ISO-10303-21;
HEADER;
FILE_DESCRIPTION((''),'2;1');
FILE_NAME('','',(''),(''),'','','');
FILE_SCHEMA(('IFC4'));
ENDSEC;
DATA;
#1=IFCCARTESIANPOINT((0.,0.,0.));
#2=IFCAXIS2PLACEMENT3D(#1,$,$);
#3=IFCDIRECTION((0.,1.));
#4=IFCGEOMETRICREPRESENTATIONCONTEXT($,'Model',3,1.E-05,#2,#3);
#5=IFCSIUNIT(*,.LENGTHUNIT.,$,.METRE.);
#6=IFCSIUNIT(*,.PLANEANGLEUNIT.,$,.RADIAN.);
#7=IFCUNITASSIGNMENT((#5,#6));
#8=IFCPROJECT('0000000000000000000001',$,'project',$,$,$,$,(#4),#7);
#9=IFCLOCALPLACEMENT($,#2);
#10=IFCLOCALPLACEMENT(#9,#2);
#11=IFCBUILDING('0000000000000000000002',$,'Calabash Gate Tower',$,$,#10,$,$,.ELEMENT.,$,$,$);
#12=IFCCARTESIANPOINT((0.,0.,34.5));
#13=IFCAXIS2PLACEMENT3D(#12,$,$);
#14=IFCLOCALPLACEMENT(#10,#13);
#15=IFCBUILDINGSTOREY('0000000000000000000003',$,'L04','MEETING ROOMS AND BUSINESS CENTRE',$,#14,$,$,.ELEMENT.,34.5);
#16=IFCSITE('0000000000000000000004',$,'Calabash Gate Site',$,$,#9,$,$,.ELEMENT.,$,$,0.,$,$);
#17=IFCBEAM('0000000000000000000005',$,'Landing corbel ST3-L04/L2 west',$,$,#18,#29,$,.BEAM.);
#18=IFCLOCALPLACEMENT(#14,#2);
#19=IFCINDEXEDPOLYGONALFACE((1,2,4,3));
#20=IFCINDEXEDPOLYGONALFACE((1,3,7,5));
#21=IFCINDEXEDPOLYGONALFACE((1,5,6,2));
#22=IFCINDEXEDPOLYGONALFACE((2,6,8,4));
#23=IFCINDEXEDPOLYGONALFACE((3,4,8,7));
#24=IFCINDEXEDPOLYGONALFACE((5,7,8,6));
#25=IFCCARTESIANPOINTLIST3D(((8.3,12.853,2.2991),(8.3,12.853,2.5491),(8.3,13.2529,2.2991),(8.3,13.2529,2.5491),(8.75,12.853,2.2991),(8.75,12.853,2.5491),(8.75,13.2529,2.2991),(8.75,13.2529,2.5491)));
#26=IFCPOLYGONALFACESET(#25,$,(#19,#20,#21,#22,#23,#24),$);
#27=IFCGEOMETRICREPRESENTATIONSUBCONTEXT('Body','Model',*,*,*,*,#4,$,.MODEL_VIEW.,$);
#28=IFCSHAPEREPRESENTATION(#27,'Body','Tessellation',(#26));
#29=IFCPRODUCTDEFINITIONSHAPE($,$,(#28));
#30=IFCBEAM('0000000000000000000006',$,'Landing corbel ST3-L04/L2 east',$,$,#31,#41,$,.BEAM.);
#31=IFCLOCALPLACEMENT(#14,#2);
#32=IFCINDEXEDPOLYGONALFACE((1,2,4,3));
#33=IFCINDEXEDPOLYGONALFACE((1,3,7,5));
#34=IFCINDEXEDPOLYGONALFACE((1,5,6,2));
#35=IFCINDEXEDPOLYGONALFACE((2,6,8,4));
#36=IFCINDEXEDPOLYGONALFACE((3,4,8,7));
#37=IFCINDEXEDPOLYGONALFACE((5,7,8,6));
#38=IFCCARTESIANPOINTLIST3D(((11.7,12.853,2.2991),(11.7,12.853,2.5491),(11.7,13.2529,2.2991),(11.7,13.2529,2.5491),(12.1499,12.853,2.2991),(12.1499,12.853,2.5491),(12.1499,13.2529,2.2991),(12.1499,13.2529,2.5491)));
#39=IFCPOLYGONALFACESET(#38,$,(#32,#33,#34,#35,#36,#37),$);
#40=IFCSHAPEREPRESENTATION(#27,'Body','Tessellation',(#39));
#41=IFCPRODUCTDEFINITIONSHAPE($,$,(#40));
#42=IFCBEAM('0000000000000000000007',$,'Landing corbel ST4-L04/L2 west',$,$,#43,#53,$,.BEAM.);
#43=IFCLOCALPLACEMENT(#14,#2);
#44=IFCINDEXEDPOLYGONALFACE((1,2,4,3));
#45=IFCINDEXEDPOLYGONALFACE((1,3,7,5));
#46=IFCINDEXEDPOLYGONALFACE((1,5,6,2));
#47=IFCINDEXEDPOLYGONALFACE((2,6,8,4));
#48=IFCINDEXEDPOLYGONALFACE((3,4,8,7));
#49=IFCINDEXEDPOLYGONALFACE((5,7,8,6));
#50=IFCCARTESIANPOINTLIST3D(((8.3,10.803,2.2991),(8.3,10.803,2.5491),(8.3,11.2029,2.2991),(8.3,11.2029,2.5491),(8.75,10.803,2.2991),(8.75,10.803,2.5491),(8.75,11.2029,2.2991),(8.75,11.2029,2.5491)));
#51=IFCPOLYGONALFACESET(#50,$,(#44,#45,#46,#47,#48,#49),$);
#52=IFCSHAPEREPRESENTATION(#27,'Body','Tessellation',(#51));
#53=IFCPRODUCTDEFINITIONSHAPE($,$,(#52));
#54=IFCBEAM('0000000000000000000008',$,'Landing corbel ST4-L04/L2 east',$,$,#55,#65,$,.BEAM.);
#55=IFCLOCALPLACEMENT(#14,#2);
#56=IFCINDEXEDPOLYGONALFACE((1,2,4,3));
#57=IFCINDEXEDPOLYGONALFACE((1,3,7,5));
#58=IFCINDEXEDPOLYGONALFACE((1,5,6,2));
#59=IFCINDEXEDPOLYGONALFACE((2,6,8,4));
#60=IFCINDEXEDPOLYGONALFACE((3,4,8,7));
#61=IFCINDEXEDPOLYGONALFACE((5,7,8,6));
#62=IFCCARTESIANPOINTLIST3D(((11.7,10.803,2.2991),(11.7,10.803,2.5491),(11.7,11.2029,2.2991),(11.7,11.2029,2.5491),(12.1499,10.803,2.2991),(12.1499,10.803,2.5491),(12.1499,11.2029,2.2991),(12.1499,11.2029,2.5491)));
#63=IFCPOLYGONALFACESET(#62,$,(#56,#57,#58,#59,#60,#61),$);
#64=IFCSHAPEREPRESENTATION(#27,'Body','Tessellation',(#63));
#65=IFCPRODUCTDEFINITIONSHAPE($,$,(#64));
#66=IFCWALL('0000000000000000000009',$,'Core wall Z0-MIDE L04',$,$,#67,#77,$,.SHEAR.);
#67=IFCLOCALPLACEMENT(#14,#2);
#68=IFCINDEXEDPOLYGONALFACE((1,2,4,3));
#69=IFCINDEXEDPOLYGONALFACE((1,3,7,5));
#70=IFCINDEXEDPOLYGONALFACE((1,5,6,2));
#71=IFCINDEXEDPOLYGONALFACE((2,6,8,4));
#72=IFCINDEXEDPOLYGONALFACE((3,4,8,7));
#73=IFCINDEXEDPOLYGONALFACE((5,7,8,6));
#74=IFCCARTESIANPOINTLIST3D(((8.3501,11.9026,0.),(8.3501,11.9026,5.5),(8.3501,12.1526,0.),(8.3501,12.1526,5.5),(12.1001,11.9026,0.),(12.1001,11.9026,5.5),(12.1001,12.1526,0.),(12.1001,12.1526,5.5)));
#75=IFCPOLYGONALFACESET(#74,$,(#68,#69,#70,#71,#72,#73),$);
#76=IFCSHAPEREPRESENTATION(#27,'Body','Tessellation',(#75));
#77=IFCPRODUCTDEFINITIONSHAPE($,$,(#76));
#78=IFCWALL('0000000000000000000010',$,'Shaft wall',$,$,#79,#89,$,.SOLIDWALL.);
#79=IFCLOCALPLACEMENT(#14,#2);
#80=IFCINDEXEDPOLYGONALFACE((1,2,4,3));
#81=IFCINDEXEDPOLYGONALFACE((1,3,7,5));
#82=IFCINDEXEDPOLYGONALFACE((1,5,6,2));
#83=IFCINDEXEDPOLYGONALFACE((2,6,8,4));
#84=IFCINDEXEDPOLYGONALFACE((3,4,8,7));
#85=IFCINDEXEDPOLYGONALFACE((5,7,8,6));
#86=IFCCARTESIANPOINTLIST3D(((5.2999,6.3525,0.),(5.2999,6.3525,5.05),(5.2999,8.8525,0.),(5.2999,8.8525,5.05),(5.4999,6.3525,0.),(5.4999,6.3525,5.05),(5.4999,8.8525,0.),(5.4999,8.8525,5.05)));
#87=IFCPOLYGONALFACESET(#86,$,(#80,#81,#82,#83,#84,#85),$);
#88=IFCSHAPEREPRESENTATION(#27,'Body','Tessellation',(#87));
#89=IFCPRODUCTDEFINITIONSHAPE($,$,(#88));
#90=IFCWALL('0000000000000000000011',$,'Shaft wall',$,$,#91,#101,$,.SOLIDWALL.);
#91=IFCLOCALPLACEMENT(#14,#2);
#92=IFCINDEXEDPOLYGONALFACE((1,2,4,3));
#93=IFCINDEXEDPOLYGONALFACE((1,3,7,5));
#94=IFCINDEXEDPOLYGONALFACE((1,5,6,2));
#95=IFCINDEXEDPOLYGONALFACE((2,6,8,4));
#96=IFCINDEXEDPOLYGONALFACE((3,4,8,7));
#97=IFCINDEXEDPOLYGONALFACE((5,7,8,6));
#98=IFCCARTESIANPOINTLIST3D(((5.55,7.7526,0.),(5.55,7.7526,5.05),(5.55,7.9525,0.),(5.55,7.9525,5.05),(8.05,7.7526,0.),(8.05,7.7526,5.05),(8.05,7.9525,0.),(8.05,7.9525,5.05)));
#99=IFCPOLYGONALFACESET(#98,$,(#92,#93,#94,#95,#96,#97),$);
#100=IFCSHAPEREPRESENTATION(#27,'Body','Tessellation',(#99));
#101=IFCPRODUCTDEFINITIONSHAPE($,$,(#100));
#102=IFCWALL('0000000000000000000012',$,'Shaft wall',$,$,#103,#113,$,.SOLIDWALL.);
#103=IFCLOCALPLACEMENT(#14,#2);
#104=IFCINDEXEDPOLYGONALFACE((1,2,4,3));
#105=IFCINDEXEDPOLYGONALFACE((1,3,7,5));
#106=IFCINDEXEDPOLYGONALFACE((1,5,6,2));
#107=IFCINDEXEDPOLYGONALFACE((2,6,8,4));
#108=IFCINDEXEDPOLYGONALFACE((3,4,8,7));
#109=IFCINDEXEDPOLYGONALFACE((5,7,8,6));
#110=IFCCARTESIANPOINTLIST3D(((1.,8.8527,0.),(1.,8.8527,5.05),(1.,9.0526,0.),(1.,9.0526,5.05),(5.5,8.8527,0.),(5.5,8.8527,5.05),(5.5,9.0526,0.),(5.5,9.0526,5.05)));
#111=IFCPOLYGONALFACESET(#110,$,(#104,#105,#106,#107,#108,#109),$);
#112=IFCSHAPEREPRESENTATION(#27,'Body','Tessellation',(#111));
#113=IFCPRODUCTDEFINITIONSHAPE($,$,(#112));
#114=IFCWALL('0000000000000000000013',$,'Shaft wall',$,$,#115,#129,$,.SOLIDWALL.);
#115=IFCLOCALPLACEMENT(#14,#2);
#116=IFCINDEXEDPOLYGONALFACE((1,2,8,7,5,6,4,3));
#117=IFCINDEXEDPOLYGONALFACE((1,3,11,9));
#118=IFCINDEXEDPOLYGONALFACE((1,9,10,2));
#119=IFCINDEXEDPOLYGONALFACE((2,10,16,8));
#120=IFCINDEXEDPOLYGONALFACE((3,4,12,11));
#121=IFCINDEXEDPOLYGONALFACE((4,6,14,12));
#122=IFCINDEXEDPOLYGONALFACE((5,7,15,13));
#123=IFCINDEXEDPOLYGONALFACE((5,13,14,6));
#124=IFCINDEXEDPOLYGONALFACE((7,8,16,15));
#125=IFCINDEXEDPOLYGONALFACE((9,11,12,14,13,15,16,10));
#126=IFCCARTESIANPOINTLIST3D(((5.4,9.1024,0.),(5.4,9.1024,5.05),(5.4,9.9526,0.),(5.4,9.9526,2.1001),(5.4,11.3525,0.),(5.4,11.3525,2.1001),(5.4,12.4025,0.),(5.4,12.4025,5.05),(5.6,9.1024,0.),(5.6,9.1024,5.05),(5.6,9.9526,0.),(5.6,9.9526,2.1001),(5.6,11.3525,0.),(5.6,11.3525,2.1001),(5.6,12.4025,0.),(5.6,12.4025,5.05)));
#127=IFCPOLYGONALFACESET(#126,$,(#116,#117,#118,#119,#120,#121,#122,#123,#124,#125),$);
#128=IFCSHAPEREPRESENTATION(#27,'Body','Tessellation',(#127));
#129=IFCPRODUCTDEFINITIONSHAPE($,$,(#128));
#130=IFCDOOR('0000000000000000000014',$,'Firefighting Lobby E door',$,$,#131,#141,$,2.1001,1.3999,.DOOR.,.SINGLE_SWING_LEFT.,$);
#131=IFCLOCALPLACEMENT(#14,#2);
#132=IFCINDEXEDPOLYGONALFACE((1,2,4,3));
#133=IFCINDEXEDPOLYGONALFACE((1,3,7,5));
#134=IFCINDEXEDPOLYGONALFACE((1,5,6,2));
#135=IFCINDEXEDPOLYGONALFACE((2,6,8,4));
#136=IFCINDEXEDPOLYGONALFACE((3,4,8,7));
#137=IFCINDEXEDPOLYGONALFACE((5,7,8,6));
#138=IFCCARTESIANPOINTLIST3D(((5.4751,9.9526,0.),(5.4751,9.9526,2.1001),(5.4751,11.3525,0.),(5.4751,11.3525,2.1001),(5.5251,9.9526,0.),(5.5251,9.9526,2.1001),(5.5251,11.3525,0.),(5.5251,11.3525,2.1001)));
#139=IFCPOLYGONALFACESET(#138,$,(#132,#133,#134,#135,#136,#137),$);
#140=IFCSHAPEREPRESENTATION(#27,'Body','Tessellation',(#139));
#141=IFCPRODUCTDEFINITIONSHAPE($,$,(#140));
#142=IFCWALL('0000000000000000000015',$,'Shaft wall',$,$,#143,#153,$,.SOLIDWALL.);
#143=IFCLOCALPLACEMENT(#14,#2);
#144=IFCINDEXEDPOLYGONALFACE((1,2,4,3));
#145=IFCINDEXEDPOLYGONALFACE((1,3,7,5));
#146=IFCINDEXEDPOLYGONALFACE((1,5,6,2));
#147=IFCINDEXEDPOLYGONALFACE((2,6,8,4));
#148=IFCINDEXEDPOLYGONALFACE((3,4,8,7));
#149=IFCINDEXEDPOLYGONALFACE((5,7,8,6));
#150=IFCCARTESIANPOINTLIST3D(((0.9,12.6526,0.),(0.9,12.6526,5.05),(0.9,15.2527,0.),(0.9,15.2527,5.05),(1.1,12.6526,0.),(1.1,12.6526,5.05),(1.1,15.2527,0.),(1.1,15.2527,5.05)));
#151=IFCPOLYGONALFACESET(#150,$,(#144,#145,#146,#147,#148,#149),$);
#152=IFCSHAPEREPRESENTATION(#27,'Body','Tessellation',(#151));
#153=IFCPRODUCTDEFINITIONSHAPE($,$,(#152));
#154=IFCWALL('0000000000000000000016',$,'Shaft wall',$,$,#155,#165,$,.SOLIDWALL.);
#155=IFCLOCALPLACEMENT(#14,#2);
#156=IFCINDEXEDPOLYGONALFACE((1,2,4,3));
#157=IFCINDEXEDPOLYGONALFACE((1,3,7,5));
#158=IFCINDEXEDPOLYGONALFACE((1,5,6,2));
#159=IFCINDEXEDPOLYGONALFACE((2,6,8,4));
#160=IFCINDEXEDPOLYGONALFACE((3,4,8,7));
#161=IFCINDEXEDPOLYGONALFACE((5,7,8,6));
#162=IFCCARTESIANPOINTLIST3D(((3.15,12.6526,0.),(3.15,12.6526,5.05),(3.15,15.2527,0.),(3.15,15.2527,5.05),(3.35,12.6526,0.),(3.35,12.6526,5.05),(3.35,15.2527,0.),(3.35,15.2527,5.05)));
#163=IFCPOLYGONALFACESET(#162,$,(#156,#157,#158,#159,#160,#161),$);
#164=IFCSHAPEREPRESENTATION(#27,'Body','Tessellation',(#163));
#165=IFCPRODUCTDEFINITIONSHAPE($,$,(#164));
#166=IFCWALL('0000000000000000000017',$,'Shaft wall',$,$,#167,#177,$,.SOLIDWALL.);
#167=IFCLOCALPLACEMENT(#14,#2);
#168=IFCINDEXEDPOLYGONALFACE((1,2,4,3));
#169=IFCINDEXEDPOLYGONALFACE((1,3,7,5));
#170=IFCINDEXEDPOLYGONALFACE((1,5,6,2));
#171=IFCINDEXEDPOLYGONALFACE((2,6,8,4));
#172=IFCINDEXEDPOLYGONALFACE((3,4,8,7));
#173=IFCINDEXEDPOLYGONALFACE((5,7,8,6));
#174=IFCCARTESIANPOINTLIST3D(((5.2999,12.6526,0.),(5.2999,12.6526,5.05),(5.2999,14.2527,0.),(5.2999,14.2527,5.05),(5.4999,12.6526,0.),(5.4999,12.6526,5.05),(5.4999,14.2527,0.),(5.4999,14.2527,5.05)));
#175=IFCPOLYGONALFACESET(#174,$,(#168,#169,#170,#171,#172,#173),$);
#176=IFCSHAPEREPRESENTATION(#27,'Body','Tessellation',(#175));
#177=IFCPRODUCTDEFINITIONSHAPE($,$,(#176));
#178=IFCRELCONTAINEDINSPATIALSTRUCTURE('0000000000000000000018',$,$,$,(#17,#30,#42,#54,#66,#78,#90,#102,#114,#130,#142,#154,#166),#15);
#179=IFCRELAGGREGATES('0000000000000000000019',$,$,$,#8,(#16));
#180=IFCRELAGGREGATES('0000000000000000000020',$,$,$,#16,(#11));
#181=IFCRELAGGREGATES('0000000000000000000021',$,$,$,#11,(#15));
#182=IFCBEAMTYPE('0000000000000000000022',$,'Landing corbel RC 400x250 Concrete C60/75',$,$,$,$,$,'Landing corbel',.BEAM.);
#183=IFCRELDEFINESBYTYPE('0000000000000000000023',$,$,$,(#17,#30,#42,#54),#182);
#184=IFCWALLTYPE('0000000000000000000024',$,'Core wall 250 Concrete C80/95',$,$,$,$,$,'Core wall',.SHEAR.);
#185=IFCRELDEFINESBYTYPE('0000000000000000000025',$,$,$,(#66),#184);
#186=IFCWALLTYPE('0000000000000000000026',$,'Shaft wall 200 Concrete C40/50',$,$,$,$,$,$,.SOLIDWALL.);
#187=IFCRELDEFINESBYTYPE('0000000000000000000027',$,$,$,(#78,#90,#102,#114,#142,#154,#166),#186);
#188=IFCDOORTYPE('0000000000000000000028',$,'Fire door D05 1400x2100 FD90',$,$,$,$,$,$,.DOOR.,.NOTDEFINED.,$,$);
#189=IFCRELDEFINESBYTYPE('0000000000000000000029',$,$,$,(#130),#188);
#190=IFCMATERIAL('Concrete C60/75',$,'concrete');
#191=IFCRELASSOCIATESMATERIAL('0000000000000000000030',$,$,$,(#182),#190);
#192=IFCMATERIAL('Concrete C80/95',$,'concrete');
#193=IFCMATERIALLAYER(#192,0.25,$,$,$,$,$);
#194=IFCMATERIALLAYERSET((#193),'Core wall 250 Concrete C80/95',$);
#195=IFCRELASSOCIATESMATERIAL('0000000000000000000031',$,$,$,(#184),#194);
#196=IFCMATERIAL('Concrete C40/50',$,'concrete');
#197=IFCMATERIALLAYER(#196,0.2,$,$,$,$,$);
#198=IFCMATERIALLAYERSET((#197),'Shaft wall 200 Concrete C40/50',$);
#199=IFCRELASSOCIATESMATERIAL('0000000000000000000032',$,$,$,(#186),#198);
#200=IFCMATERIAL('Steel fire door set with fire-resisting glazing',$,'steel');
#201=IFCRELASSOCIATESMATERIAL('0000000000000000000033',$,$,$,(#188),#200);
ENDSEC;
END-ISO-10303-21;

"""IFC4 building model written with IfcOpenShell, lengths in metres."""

from ifc_helpers import new_model, si_unit, direction, frame, frame_2d, origin, origin_2d, place, context, subcontext, project, spatial, rectangle, extrude, material, layer, layer_set, material_profile, profile_set, type_object, element, fill, save


model = new_model("IFC4")

# Units and contexts
model_context = context("Model", 3, precision=1e-05, world=origin(), true_north=direction((0.0, 1.0)))
body_context = subcontext(model_context, "Body", "Model", "MODEL_VIEW")
ifc_project = project(units=[si_unit("LENGTHUNIT", "METRE"), si_unit("PLANEANGLEUNIT", "RADIAN")], contexts=[model_context])

# Site, building, storey
site_placement = place(None, origin())
site = spatial("IfcSite", under=ifc_project, at=site_placement, Name="Calabash Gate Site", CompositionType="ELEMENT", RefElevation=0.0)
building_placement = place(site_placement, origin())
building = spatial("IfcBuilding", under=site, at=building_placement, Name="Calabash Gate Tower", CompositionType="ELEMENT")
storey_placement = place(building_placement, frame((0.0, 0.0, 34.5)))
storey = spatial("IfcBuildingStorey", under=building, at=storey_placement, Name="L04", Description="MEETING ROOMS AND BUSINESS CENTRE", CompositionType="ELEMENT", Elevation=34.5)

# Beams
ifc_material_1 = material(Name="Concrete C60/75", Category="concrete")
ifc_material_profile = material_profile(ifc_material_1, rectangle(XDim=0.3999, YDim=0.25, at=origin_2d()))
ifc_profile_set = profile_set([ifc_material_profile], Name="Concrete C60/75")
beam_type = type_object("IfcBeamType", Name="Landing corbel RC 400x250 Concrete C60/75", ElementType="Landing corbel", PredefinedType="BEAM", material=ifc_profile_set)
for number, where, z_axis, x_axis, name in (
    (1, (8.3, 13.053, 2.4241), (1.0, 0.0, 0.0), (0.0, 1.0, 0.0), "Landing corbel ST3-L04/L2 west"),
    (2, (12.1499, 13.053, 2.4241), (-1.0, 0.0, 0.0), (0.0, -1.0, 0.0), "Landing corbel ST3-L04/L2 east"),
    (3, (8.3, 11.0029, 2.4241), (1.0, 0.0, 0.0), (0.0, 1.0, 0.0), "Landing corbel ST4-L04/L2 west"),
    (4, (12.1499, 11.0029, 2.4241), (-1.0, 0.0, 0.0), (0.0, -1.0, 0.0), "Landing corbel ST4-L04/L2 east"),
):
    element("IfcBeam", number, at=place(storey_placement, frame(where, z_axis=z_axis, x_axis=x_axis)), inside=storey, type_object=beam_type, Name=name, PredefinedType="BEAM", context=body_context, shape_type="SweptSolid", body=[
        extrude(rectangle(XDim=0.3999, YDim=0.25, at=origin_2d()), origin(), (0.0, 0.0, 1.0), 0.45),
    ])

# Walls
ifc_material_2 = material(Name="Concrete C80/95", Category="concrete")
ifc_layer_1 = layer(ifc_material_2, 0.25)
ifc_layer_set_1 = layer_set([ifc_layer_1], Name="Core wall 250 Concrete C80/95")
wall_type_1 = type_object("IfcWallType", Name="Core wall 250 Concrete C80/95", ElementType="Core wall", PredefinedType="SHEAR", material=ifc_layer_set_1)
wall_1_placement = place(storey_placement, frame((8.3501, 12.0276, 0.0), z_axis=(0.0, 0.0, 1.0), x_axis=(1.0, 0.0, 0.0)))
element("IfcWall", 5, at=wall_1_placement, inside=storey, type_object=wall_type_1, Name="Core wall Z0-MIDE L04", PredefinedType="SHEAR", context=body_context, shape_type="SweptSolid", body=[
    extrude(rectangle(XDim=3.75, YDim=0.25, at=frame_2d((1.875, 0.0))), origin(), (0.0, 0.0, 1.0), 5.5),
])
ifc_material_3 = material(Name="Concrete C40/50", Category="concrete")
ifc_layer_2 = layer(ifc_material_3, 0.2)
ifc_layer_set_2 = layer_set([ifc_layer_2], Name="Shaft wall 200 Concrete C40/50")
wall_type_2 = type_object("IfcWallType", Name="Shaft wall 200 Concrete C40/50", PredefinedType="SOLIDWALL", material=ifc_layer_set_2)
for number, where, z_axis, x_axis, name in (
    (6, (5.3999, 6.3525, 0.0), (0.0, 0.0, 1.0), (0.0, 1.0, 0.0), "Shaft wall"),
    (7, (5.55, 7.8525, 0.0), (0.0, 0.0, 1.0), (1.0, 0.0, 0.0), "Shaft wall"),
):
    element("IfcWall", number, at=place(storey_placement, frame(where, z_axis=z_axis, x_axis=x_axis)), inside=storey, type_object=wall_type_2, Name=name, PredefinedType="SOLIDWALL", context=body_context, shape_type="SweptSolid", body=[
        extrude(rectangle(XDim=2.5, YDim=0.2, at=frame_2d((1.25, 0.0))), origin(), (0.0, 0.0, 1.0), 5.05),
    ])
wall_2_placement = place(storey_placement, frame((1.0, 8.9526, 0.0), z_axis=(0.0, 0.0, 1.0), x_axis=(1.0, 0.0, 0.0)))
element("IfcWall", 8, at=wall_2_placement, inside=storey, type_object=wall_type_2, Name="Shaft wall", PredefinedType="SOLIDWALL", context=body_context, shape_type="SweptSolid", body=[
    extrude(rectangle(XDim=4.5, YDim=0.2, at=frame_2d((2.25, 0.0))), origin(), (0.0, 0.0, 1.0), 5.05),
])

# Wall, opening, door
wall_3_placement = place(storey_placement, frame((5.5, 9.1025, 0.0), z_axis=(0.0, 0.0, 1.0), x_axis=(0.0, 1.0, 0.0)))
wall_3 = element("IfcWall", 9, at=wall_3_placement, inside=storey, type_object=wall_type_2, Name="Shaft wall", PredefinedType="SOLIDWALL", context=body_context, shape_type="SweptSolid", body=[
    extrude(rectangle(XDim=3.3, YDim=0.2, at=frame_2d((1.6499, 0.0))), origin(), (0.0, 0.0, 1.0), 5.05),
])
opening_placement = place(wall_3_placement, frame((0.8501, 0.0, 0.0)))
opening = element("IfcOpeningElement", 10, at=opening_placement, cuts=wall_3, PredefinedType="OPENING", context=body_context, shape_type="SweptSolid", body=[
    extrude(rectangle(XDim=1.3999, YDim=2.1001, at=frame_2d((0.7, 1.05))), frame((0.0, 0.1099, 0.0), z_axis=(0.0, -1.0, 0.0), x_axis=(1.0, 0.0, 0.0)), (0.0, 0.0, 1.0), 0.22),
])
ifc_material_4 = material(Name="Steel fire door set with fire-resisting glazing", Category="steel")
door_type = type_object("IfcDoorType", Name="Fire door D05 1400x2100 FD90", OperationType="NOTDEFINED", PredefinedType="DOOR", material=ifc_material_4)
door_placement = place(opening_placement, origin())
door = element("IfcDoor", 11, at=door_placement, inside=storey, type_object=door_type, Name="Firefighting Lobby E door", OperationType="SINGLE_SWING_LEFT", OverallHeight=2.1001, OverallWidth=1.3999, PredefinedType="DOOR", context=body_context, shape_type="SweptSolid", body=[
    extrude(rectangle(XDim=1.3999, YDim=2.1001, at=frame_2d((0.7, 1.05))), frame((0.0, 0.0249, 0.0), z_axis=(0.0, -1.0, 0.0), x_axis=(1.0, 0.0, 0.0)), (0.0, 0.0, 1.0), 0.05),
])
fill(opening, door)

# Walls
for number, where, z_axis, x_axis, name in (
    (12, (1.0, 12.6526, 0.0), (0.0, 0.0, 1.0), (0.0, 1.0, 0.0), "Shaft wall"),
    (13, (3.25, 12.6526, 0.0), (0.0, 0.0, 1.0), (0.0, 1.0, 0.0), "Shaft wall"),
):
    element("IfcWall", number, at=place(storey_placement, frame(where, z_axis=z_axis, x_axis=x_axis)), inside=storey, type_object=wall_type_2, Name=name, PredefinedType="SOLIDWALL", context=body_context, shape_type="SweptSolid", body=[
        extrude(rectangle(XDim=2.6001, YDim=0.2, at=frame_2d((1.3, 0.0))), origin(), (0.0, 0.0, 1.0), 5.05),
    ])
wall_4_placement = place(storey_placement, frame((5.3999, 12.6526, 0.0), z_axis=(0.0, 0.0, 1.0), x_axis=(0.0, 1.0, 0.0)))
element("IfcWall", 14, at=wall_4_placement, inside=storey, type_object=wall_type_2, Name="Shaft wall", PredefinedType="SOLIDWALL", context=body_context, shape_type="SweptSolid", body=[
    extrude(rectangle(XDim=1.6001, YDim=0.2, at=frame_2d((0.8, 0.0))), origin(), (0.0, 0.0, 1.0), 5.05),
])

save(model, "model.ifc")
